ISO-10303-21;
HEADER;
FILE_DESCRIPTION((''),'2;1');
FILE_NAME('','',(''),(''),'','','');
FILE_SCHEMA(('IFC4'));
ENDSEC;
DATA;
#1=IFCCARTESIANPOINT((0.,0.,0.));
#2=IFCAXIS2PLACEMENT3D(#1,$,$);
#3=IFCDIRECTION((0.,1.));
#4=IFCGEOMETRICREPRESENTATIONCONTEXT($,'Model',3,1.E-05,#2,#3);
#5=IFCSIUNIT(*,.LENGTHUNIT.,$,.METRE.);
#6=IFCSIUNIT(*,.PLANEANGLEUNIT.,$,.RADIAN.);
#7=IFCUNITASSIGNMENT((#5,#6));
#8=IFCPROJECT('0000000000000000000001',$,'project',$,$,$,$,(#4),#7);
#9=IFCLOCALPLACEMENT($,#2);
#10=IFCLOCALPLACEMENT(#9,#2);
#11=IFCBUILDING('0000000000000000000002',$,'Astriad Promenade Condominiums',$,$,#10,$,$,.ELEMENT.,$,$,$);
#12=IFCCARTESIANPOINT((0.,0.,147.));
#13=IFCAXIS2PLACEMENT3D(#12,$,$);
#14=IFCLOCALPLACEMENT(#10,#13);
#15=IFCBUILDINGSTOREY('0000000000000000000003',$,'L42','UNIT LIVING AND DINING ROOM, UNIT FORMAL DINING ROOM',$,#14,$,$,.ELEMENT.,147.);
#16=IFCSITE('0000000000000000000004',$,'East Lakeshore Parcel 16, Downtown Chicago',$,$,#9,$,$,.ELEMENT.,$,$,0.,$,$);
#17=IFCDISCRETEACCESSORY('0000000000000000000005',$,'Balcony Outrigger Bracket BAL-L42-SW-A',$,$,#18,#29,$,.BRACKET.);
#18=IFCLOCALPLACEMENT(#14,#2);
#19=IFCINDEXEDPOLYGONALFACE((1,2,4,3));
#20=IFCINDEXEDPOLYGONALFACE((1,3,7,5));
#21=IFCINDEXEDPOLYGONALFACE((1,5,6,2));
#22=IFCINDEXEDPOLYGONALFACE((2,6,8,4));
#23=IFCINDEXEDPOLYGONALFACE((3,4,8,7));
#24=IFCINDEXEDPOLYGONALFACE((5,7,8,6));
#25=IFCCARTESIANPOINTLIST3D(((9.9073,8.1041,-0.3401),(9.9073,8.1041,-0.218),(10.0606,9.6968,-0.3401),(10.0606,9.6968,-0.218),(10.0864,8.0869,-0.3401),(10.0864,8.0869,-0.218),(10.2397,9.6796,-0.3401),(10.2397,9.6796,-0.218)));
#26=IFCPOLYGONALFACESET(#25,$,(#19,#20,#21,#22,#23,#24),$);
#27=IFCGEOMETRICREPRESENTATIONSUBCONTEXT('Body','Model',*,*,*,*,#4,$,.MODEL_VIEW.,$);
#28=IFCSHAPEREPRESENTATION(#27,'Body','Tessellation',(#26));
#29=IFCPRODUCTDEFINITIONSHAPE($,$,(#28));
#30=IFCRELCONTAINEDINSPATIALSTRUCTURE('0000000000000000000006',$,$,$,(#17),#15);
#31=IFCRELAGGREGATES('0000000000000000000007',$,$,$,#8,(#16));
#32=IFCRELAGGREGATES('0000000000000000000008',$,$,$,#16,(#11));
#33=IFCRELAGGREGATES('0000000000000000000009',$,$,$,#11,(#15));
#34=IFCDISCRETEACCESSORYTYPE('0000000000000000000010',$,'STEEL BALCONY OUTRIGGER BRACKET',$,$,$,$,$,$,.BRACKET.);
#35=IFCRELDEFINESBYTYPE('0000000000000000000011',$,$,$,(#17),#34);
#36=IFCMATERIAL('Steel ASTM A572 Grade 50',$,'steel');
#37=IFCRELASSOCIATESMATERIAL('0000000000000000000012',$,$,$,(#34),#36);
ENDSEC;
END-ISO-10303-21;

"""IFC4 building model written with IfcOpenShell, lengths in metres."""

from ifc_helpers import new_model, si_unit, direction, frame, origin, origin_2d, place, context, subcontext, project, spatial, rectangle, extrude, source, transform, mapped, material, type_object, type_shapes, element, save


model = new_model("IFC4")

# Units and contexts
model_context = context("Model", 3, precision=1e-05, world=origin(), true_north=direction((0.0, 1.0)))
body_context = subcontext(model_context, "Body", "Model", "MODEL_VIEW")
ifc_project = project(units=[si_unit("LENGTHUNIT", "METRE"), si_unit("PLANEANGLEUNIT", "RADIAN")], contexts=[model_context])

# Site, building, storey
site_placement = place(None, origin())
site = spatial("IfcSite", under=ifc_project, at=site_placement, Name="East Lakeshore Parcel 16, Downtown Chicago", CompositionType="ELEMENT", RefElevation=0.0)
building_placement = place(site_placement, origin())
building = spatial("IfcBuilding", under=site, at=building_placement, Name="Astriad Promenade Condominiums", CompositionType="ELEMENT")
storey_placement = place(building_placement, frame((0.0, 0.0, 147.0)))
storey = spatial("IfcBuildingStorey", under=building, at=storey_placement, Name="L42", Description="UNIT LIVING AND DINING ROOM, UNIT FORMAL DINING ROOM", CompositionType="ELEMENT", Elevation=147.0)

# Discrete accessory
ifc_material_1 = material(Name="Steel ASTM A572 Grade 50", Category="steel")
discrete_accessory_type = type_object("IfcDiscreteAccessoryType", Name="STEEL BALCONY OUTRIGGER BRACKET", PredefinedType="BRACKET", material=ifc_material_1)
shared_shape_1 = source(origin(), body_context, "Body", "SweptSolid", [
    extrude(rectangle(XDim=1.6001, YDim=0.1799, at=origin_2d()), origin(), (0.0, 0.0, 1.0), 0.1221),
])
type_shapes(discrete_accessory_type, [shared_shape_1])
discrete_accessory_placement = place(storey_placement, frame((10.0735, 8.8918, -0.3401), z_axis=(0.0, 0.0, 1.0), x_axis=(-0.095846, -0.995396, 0.0)))
element("IfcDiscreteAccessory", 1, at=discrete_accessory_placement, inside=storey, type_object=discrete_accessory_type, Name="Balcony Outrigger Bracket BAL-L42-SW-A", PredefinedType="BRACKET", context=body_context, shape_type="MappedRepresentation", body=[
    mapped(shared_shape_1, transform((0.0, 0.0, 0.0), scale=1.0)),
])

save(model, "model.ifc")
